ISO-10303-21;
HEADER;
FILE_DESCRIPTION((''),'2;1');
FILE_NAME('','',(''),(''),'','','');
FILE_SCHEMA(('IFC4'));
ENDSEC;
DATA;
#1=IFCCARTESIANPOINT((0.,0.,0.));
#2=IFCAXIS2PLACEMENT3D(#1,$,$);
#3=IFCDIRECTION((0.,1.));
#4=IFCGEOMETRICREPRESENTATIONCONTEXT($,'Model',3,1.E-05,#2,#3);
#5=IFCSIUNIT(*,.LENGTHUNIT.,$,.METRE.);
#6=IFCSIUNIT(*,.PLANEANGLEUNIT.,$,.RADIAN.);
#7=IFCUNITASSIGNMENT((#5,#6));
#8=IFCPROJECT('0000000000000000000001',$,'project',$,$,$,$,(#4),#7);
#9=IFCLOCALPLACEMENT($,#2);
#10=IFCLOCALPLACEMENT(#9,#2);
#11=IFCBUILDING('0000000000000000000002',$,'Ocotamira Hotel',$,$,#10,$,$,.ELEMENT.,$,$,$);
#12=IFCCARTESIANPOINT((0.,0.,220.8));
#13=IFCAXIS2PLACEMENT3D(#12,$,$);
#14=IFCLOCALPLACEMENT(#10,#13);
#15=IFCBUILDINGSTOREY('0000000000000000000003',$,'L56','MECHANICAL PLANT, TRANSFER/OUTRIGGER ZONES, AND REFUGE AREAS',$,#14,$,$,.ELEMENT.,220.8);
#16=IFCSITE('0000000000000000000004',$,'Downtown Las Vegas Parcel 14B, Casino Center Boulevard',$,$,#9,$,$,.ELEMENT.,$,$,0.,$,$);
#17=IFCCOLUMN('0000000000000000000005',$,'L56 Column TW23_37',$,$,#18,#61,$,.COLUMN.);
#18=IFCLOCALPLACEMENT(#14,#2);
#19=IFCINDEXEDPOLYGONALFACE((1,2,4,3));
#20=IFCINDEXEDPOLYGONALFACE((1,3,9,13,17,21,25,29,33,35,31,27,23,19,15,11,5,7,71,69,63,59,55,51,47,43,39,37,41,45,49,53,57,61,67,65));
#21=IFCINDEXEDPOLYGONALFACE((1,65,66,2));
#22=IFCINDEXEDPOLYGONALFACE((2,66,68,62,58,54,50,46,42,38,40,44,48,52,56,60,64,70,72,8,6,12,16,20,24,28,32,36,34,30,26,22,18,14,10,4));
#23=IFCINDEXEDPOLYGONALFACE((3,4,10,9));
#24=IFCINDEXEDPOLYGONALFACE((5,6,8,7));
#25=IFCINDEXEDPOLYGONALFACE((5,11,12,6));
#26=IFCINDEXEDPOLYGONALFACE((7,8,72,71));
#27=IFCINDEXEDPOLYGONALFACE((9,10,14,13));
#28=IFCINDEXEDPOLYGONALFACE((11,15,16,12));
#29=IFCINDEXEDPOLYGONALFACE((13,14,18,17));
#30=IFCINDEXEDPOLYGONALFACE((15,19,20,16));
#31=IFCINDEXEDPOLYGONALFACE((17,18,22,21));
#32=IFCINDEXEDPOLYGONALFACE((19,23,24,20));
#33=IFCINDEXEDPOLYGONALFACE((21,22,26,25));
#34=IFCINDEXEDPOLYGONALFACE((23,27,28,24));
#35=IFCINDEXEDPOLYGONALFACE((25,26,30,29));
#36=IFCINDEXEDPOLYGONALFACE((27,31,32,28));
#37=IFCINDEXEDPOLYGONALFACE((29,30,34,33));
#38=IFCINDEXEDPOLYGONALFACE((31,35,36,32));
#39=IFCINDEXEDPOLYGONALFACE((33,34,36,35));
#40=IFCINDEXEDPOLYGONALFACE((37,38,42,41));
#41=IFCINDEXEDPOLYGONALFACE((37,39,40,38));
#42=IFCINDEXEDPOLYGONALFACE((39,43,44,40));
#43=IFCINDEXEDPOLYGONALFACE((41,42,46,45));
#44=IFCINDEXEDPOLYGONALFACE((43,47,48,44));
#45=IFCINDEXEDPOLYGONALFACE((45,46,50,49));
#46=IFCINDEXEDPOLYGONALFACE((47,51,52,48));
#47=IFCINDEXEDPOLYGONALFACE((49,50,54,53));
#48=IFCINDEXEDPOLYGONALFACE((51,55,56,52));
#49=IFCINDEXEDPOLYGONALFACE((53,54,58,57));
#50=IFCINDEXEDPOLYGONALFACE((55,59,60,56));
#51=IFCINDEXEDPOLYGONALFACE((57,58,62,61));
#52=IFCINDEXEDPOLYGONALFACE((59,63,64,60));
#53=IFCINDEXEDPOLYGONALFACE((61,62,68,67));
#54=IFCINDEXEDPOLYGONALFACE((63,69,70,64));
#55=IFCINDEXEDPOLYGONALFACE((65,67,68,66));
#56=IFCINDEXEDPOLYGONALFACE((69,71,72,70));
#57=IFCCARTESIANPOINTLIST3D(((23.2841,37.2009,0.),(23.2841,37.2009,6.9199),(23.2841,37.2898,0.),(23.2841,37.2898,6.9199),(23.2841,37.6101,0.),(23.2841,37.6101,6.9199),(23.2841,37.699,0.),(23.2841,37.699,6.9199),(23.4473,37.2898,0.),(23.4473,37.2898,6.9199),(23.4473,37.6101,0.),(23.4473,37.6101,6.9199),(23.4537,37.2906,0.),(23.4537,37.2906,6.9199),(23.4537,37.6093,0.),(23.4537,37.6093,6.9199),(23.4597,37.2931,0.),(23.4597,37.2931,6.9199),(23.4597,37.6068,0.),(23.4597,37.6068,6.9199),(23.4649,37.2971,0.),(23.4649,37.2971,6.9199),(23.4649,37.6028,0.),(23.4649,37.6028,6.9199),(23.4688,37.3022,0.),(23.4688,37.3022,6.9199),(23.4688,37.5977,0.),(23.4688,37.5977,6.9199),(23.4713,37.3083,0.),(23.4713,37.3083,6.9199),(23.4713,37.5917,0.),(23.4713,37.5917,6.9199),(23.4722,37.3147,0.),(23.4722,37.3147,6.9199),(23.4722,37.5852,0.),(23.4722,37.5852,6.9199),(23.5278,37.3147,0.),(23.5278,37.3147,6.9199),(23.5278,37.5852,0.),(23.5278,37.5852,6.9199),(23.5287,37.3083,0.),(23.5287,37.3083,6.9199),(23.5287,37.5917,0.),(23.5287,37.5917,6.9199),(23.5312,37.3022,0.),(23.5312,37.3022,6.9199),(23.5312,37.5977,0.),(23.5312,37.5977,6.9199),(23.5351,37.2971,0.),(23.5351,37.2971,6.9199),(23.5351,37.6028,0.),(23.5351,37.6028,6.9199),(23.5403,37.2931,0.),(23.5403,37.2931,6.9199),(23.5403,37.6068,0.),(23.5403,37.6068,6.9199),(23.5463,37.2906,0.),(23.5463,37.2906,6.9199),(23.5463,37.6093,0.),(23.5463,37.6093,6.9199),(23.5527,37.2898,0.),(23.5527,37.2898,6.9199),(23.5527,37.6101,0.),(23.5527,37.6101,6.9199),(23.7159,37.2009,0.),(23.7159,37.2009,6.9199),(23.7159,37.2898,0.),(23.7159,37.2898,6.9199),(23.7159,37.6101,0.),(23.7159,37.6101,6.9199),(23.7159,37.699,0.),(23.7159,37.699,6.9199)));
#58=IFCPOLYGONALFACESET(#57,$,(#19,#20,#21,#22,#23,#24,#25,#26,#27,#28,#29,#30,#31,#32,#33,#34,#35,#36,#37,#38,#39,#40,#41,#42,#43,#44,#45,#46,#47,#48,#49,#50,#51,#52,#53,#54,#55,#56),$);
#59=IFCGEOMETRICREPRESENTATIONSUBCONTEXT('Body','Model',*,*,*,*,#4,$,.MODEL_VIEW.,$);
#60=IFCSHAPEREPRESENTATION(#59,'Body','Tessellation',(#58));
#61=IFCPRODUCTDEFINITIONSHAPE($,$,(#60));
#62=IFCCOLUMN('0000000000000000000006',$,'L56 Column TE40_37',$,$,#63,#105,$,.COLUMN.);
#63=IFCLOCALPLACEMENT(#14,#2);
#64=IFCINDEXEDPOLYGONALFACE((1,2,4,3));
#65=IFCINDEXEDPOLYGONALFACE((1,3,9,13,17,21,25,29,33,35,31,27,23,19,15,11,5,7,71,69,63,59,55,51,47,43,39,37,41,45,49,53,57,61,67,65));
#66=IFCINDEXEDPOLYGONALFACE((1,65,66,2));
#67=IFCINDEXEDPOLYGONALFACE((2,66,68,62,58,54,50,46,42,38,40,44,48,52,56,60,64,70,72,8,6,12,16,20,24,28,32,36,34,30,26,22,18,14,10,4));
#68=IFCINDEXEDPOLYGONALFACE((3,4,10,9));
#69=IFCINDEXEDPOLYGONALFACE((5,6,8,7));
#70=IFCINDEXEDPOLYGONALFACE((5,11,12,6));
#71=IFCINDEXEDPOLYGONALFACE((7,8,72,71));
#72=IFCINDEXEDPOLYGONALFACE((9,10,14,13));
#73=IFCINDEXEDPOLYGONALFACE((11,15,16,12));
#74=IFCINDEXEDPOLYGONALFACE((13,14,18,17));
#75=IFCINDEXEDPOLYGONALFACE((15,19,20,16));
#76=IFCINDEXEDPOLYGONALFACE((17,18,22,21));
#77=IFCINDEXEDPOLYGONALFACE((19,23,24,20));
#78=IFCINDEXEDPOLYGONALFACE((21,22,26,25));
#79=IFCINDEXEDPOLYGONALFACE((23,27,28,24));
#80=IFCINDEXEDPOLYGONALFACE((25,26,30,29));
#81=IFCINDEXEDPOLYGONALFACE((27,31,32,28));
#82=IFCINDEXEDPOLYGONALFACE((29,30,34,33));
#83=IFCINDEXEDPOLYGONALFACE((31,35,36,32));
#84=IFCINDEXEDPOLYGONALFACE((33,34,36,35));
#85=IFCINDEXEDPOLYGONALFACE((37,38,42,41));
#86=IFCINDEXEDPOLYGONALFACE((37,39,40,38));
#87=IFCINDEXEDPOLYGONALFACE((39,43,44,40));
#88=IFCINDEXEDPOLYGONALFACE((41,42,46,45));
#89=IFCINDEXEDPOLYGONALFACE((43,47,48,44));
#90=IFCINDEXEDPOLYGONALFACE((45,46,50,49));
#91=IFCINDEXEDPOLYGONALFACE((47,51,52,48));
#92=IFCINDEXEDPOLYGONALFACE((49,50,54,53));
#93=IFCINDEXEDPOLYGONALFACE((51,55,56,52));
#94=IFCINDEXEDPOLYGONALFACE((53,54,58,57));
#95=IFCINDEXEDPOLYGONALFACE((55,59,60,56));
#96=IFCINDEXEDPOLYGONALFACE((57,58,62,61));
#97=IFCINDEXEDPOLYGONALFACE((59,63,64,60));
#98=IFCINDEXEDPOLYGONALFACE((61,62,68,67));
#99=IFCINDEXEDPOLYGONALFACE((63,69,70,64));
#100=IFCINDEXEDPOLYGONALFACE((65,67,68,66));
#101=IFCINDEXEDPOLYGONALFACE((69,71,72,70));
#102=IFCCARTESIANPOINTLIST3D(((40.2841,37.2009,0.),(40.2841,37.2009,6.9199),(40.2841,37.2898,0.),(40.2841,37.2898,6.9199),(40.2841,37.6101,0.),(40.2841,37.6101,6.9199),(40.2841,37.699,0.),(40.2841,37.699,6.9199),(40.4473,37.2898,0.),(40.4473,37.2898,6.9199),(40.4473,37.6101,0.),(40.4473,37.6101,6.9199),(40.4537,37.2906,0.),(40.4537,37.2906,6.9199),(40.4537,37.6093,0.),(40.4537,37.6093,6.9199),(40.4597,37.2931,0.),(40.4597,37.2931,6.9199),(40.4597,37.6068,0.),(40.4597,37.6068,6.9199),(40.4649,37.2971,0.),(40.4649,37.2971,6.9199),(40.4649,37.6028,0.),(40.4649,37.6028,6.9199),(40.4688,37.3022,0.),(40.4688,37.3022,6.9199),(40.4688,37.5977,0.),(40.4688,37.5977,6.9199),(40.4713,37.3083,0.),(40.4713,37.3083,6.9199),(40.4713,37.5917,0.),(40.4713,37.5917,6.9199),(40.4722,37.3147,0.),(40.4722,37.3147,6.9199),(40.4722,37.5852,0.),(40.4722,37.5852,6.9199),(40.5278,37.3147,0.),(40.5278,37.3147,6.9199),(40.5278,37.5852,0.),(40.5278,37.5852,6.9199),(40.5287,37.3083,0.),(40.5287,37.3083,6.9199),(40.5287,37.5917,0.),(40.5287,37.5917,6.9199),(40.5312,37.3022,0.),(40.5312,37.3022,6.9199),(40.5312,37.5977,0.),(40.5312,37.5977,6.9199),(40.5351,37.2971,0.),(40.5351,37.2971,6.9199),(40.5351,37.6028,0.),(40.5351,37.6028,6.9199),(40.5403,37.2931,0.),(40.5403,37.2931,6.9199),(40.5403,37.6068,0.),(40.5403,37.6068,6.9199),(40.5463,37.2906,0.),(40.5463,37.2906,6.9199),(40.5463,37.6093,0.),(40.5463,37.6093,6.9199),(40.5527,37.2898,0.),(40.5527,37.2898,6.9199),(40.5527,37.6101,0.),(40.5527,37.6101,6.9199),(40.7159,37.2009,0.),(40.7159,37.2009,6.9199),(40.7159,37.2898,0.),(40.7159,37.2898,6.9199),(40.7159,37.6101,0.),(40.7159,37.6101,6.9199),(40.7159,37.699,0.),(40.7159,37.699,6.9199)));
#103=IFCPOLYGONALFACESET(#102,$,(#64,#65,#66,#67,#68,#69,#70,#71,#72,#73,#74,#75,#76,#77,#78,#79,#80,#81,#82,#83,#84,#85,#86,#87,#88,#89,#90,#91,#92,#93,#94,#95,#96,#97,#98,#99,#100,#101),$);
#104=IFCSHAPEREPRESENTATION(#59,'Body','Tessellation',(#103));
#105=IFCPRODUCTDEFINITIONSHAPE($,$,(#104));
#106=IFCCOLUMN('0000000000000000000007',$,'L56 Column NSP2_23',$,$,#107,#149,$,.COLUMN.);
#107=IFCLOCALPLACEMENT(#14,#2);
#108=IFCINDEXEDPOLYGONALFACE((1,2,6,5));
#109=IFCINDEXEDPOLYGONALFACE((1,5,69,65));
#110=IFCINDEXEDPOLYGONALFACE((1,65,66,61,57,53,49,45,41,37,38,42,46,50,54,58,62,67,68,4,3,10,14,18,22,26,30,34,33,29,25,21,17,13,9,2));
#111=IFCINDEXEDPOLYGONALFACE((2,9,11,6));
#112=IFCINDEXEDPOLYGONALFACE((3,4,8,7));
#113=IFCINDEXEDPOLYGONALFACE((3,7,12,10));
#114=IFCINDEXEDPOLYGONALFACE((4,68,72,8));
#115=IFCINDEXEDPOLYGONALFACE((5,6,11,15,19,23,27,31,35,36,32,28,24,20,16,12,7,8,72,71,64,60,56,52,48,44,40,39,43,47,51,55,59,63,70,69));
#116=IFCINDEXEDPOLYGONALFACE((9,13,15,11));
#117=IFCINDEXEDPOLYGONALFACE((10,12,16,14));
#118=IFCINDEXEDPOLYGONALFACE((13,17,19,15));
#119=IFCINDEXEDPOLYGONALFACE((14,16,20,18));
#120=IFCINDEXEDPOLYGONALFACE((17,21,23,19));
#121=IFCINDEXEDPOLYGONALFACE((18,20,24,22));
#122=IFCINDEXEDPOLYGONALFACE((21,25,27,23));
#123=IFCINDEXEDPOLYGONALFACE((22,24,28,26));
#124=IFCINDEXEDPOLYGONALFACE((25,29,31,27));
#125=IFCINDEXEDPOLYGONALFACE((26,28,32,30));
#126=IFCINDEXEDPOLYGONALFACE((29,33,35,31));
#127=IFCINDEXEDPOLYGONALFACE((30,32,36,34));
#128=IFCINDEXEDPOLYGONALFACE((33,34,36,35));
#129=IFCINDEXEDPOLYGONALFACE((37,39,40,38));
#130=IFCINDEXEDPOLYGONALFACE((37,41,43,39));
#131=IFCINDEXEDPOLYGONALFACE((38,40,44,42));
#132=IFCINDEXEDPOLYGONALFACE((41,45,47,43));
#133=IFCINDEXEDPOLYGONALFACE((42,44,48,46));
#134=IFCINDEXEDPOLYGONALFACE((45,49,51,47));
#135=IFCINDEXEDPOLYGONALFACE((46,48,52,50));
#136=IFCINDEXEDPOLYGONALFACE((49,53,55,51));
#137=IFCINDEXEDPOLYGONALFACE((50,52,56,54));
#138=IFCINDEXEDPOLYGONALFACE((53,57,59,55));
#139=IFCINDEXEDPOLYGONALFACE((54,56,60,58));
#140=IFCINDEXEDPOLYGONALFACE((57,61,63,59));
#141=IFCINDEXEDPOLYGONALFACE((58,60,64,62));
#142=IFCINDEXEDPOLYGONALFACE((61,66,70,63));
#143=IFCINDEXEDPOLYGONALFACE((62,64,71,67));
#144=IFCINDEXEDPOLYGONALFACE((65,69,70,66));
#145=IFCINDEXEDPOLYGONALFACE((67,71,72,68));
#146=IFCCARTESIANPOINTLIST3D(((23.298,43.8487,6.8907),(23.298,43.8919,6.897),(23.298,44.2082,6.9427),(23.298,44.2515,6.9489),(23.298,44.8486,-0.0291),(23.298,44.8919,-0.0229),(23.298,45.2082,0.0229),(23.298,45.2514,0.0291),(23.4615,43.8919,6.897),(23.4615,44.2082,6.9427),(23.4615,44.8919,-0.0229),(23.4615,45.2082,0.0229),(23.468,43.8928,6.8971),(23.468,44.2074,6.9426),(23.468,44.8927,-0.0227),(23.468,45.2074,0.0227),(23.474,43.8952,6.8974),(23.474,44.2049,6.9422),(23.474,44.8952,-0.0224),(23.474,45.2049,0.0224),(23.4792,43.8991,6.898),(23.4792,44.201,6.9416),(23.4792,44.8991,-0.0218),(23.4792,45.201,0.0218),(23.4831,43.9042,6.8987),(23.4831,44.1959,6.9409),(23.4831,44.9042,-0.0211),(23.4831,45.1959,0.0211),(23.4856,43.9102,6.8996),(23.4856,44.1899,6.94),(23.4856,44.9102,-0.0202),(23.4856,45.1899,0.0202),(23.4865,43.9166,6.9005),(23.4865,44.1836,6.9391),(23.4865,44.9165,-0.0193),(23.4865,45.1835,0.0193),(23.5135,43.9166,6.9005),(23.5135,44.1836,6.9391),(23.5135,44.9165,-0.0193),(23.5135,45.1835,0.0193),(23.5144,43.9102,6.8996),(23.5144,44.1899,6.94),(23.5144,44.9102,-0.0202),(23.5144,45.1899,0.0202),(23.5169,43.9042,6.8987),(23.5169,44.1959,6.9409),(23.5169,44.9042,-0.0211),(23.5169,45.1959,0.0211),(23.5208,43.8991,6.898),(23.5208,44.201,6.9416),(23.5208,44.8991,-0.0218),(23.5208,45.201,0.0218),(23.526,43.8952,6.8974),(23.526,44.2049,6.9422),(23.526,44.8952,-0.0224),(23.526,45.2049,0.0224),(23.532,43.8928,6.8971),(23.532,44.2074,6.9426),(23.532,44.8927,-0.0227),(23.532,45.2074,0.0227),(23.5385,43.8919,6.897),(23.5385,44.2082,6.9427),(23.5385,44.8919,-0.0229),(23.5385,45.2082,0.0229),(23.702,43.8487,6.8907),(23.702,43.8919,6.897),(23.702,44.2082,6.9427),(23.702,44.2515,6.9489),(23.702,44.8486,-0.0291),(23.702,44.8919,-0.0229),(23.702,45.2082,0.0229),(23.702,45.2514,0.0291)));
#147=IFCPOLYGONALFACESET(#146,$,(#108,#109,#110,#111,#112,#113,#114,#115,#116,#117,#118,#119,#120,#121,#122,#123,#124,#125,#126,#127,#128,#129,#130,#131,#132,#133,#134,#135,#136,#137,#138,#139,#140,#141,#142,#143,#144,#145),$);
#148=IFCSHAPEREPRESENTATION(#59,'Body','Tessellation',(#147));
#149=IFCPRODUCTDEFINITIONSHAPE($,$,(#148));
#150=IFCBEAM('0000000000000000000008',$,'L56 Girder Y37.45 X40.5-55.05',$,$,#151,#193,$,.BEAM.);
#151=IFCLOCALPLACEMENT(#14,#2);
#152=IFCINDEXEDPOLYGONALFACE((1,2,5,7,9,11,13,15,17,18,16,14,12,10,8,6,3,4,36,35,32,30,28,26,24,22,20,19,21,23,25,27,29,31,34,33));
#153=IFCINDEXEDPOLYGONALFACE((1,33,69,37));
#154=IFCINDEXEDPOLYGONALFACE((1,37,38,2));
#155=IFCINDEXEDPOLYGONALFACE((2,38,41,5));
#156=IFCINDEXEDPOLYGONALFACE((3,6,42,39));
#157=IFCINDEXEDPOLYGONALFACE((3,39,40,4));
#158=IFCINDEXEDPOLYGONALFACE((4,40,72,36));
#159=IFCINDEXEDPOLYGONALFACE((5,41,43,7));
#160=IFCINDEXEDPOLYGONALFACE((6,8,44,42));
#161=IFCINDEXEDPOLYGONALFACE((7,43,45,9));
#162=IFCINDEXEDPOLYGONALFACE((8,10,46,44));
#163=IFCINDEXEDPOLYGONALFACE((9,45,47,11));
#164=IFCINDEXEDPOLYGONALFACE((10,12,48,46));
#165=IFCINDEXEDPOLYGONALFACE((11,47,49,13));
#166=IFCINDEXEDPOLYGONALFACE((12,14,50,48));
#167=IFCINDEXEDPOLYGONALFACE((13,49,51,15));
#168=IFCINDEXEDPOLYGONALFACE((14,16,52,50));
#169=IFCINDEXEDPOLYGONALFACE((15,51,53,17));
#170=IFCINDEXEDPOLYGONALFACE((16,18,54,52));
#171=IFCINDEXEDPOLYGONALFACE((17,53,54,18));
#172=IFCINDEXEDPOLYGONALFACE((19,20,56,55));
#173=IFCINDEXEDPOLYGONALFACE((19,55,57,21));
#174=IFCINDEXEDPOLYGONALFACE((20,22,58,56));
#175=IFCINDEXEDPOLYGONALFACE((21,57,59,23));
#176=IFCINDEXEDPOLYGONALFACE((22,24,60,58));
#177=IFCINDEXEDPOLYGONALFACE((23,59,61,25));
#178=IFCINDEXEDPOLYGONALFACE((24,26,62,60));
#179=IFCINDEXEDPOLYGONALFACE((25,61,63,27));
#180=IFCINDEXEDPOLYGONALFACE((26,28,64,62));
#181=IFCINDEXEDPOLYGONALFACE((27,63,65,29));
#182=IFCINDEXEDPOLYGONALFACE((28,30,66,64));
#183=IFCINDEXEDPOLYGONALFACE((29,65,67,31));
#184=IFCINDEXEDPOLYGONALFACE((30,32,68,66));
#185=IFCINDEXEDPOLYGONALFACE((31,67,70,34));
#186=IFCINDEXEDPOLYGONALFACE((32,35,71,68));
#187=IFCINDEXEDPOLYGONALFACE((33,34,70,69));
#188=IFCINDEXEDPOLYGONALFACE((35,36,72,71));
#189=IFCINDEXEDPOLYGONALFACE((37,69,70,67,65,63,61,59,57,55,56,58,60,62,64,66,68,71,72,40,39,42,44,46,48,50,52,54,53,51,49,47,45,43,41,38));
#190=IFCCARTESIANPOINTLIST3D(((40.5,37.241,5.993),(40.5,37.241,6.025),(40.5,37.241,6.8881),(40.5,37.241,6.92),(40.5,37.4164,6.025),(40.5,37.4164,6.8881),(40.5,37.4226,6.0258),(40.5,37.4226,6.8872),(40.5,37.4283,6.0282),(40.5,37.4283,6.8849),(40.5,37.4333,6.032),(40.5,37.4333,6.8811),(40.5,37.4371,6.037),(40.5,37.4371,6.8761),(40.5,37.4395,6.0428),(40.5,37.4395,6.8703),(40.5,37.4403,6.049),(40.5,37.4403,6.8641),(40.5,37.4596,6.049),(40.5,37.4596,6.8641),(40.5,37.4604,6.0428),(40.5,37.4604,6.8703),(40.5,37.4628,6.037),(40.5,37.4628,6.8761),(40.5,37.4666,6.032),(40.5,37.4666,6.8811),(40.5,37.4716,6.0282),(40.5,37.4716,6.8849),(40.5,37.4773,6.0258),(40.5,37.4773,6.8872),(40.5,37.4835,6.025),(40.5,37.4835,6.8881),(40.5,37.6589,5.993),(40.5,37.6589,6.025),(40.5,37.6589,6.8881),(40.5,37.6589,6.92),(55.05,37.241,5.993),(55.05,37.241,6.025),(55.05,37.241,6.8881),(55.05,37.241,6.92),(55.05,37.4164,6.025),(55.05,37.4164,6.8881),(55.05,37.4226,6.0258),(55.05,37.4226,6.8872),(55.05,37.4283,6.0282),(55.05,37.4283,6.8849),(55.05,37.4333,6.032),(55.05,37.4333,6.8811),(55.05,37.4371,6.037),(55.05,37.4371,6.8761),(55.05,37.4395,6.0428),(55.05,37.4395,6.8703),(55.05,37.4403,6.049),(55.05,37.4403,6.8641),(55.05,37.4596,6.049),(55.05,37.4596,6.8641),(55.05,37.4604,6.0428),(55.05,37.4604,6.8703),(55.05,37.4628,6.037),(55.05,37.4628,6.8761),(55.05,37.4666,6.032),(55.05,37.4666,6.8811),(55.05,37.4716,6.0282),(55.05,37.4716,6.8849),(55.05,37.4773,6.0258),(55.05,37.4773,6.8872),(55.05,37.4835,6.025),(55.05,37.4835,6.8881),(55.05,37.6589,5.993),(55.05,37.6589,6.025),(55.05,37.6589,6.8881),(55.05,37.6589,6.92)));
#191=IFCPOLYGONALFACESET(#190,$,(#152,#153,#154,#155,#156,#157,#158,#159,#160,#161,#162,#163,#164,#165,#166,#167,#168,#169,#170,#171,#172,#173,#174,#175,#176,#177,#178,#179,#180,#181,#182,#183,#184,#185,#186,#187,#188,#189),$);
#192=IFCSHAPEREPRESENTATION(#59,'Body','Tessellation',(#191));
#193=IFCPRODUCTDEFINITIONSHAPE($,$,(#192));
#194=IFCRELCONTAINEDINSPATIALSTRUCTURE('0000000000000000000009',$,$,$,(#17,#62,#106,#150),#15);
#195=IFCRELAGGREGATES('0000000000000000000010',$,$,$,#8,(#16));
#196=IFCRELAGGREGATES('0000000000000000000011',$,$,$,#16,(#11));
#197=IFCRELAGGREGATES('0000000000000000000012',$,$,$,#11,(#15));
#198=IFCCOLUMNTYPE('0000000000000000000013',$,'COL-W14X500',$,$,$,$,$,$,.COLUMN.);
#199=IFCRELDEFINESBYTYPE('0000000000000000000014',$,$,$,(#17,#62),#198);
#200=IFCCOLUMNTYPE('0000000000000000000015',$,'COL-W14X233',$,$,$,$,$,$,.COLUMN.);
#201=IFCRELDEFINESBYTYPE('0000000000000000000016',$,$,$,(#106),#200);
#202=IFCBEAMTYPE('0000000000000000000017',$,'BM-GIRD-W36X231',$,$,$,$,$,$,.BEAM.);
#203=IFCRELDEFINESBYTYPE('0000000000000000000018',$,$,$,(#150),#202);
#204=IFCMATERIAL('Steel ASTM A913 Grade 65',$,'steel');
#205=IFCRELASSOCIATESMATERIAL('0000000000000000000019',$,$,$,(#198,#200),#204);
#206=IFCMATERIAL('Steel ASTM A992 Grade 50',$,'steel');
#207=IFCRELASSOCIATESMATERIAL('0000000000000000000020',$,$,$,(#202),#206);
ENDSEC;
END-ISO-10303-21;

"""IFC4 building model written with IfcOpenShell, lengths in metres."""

from ifc_helpers import new_model, si_unit, direction, frame, origin, origin_2d, place, context, subcontext, project, spatial, i_section, extrude, source, transform, mapped, material, material_profile, profile_set, type_object, element, save


model = new_model("IFC4")

# Units and contexts
model_context = context("Model", 3, precision=1e-05, world=origin(), true_north=direction((0.0, 1.0)))
body_context = subcontext(model_context, "Body", "Model", "MODEL_VIEW")
ifc_project = project(units=[si_unit("LENGTHUNIT", "METRE"), si_unit("PLANEANGLEUNIT", "RADIAN")], contexts=[model_context])

# Site, building, storey
site_placement = place(None, origin())
site = spatial("IfcSite", under=ifc_project, at=site_placement, Name="Downtown Las Vegas Parcel 14B, Casino Center Boulevard", CompositionType="ELEMENT", RefElevation=0.0)
building_placement = place(site_placement, origin())
building = spatial("IfcBuilding", under=site, at=building_placement, Name="Ocotamira Hotel", CompositionType="ELEMENT")
storey_placement = place(building_placement, frame((0.0, 0.0, 220.8)))
storey = spatial("IfcBuildingStorey", under=building, at=storey_placement, Name="L56", Description="MECHANICAL PLANT, TRANSFER/OUTRIGGER ZONES, AND REFUGE AREAS", CompositionType="ELEMENT", Elevation=220.8)

# Columns
ifc_material_1 = material(Name="Steel ASTM A913 Grade 65", Category="steel")
ifc_material_profile_1 = material_profile(ifc_material_1, i_section(OverallWidth=0.4319, OverallDepth=0.498, WebThickness=0.0557, FlangeThickness=0.0889, FilletRadius=0.0249, at=origin_2d()), Name="W14X500")
ifc_profile_set_1 = profile_set([ifc_material_profile_1], Name="Steel ASTM A913 Grade 65")
column_type_1 = type_object("IfcColumnType", Name="COL-W14X500", PredefinedType="COLUMN", material=ifc_profile_set_1)
shared_shape_1 = source(origin(), body_context, "Body", "SweptSolid", [
    extrude(i_section(OverallWidth=0.4319, OverallDepth=0.498, WebThickness=0.0557, FlangeThickness=0.0889, FilletRadius=0.0249, at=origin_2d()), origin(), (0.0, 0.0, 1.0), 6.9199),
])
for number, where, z_axis, x_axis, name in (
    (1, (23.5, 37.45, 0.0), (0.0, 0.0, 1.0), (1.0, 0.0, 0.0), "L56 Column TW23_37"),
    (2, (40.5, 37.45, 0.0), (0.0, 0.0, 1.0), (1.0, 0.0, 0.0), "L56 Column TE40_37"),
):
    element("IfcColumn", number, at=place(storey_placement, frame(where, z_axis=z_axis, x_axis=x_axis)), inside=storey, type_object=column_type_1, Name=name, PredefinedType="COLUMN", context=body_context, shape_type="MappedRepresentation", body=[
        mapped(shared_shape_1, transform((0.0, 0.0, 0.0), scale=1.0)),
    ])
ifc_material_profile_2 = material_profile(ifc_material_1, i_section(OverallWidth=0.4041, OverallDepth=0.407, WebThickness=0.0271, FlangeThickness=0.0437, FilletRadius=0.0249, at=origin_2d()), Name="W14X233")
ifc_profile_set_2 = profile_set([ifc_material_profile_2], Name="Steel ASTM A913 Grade 65")
column_type_2 = type_object("IfcColumnType", Name="COL-W14X233", PredefinedType="COLUMN", material=ifc_profile_set_2)
shared_shape_2 = source(origin(), body_context, "Body", "SweptSolid", [
    extrude(i_section(OverallWidth=0.4041, OverallDepth=0.407, WebThickness=0.0271, FlangeThickness=0.0437, FilletRadius=0.0249, at=origin_2d()), origin(), (0.0, 0.0, 1.0), 6.9917),
])
column_placement = place(storey_placement, frame((23.5, 45.05, 0.0), z_axis=(0.0, -0.143025, 0.989719), x_axis=(1.0, 0.0, 0.0)))
element("IfcColumn", 3, at=column_placement, inside=storey, type_object=column_type_2, Name="L56 Column NSP2_23", PredefinedType="COLUMN", context=body_context, shape_type="MappedRepresentation", body=[
    mapped(shared_shape_2, transform((0.0, 0.0, 0.0), scale=1.0)),
])

# Beam
ifc_material_2 = material(Name="Steel ASTM A992 Grade 50", Category="steel")
ifc_material_profile_3 = material_profile(ifc_material_2, i_section(OverallWidth=0.418, OverallDepth=0.927, WebThickness=0.0193, FlangeThickness=0.032, FilletRadius=0.0239, at=origin_2d()), Name="W36X231")
ifc_profile_set_3 = profile_set([ifc_material_profile_3], Name="Steel ASTM A992 Grade 50")
beam_type_1 = type_object("IfcBeamType", Name="BM-GIRD-W36X231", PredefinedType="BEAM", material=ifc_profile_set_3)
shared_shape_3 = source(origin(), body_context, "Body", "SweptSolid", [
    extrude(i_section(OverallWidth=0.418, OverallDepth=0.927, WebThickness=0.0193, FlangeThickness=0.032, FilletRadius=0.0239, at=origin_2d()), origin(), (0.0, 0.0, 1.0), 14.55),
])
beam_1_placement = place(storey_placement, frame((40.5, 37.45, 6.4565), z_axis=(1.0, 0.0, 0.0), x_axis=(0.0, 1.0, 0.0)))
element("IfcBeam", 4, at=beam_1_placement, inside=storey, type_object=beam_type_1, Name="L56 Girder Y37.45 X40.5-55.05", PredefinedType="BEAM", context=body_context, shape_type="MappedRepresentation", body=[
    mapped(shared_shape_3, transform((0.0, 0.0, 0.0), scale=1.0)),
])

save(model, "model.ifc")
